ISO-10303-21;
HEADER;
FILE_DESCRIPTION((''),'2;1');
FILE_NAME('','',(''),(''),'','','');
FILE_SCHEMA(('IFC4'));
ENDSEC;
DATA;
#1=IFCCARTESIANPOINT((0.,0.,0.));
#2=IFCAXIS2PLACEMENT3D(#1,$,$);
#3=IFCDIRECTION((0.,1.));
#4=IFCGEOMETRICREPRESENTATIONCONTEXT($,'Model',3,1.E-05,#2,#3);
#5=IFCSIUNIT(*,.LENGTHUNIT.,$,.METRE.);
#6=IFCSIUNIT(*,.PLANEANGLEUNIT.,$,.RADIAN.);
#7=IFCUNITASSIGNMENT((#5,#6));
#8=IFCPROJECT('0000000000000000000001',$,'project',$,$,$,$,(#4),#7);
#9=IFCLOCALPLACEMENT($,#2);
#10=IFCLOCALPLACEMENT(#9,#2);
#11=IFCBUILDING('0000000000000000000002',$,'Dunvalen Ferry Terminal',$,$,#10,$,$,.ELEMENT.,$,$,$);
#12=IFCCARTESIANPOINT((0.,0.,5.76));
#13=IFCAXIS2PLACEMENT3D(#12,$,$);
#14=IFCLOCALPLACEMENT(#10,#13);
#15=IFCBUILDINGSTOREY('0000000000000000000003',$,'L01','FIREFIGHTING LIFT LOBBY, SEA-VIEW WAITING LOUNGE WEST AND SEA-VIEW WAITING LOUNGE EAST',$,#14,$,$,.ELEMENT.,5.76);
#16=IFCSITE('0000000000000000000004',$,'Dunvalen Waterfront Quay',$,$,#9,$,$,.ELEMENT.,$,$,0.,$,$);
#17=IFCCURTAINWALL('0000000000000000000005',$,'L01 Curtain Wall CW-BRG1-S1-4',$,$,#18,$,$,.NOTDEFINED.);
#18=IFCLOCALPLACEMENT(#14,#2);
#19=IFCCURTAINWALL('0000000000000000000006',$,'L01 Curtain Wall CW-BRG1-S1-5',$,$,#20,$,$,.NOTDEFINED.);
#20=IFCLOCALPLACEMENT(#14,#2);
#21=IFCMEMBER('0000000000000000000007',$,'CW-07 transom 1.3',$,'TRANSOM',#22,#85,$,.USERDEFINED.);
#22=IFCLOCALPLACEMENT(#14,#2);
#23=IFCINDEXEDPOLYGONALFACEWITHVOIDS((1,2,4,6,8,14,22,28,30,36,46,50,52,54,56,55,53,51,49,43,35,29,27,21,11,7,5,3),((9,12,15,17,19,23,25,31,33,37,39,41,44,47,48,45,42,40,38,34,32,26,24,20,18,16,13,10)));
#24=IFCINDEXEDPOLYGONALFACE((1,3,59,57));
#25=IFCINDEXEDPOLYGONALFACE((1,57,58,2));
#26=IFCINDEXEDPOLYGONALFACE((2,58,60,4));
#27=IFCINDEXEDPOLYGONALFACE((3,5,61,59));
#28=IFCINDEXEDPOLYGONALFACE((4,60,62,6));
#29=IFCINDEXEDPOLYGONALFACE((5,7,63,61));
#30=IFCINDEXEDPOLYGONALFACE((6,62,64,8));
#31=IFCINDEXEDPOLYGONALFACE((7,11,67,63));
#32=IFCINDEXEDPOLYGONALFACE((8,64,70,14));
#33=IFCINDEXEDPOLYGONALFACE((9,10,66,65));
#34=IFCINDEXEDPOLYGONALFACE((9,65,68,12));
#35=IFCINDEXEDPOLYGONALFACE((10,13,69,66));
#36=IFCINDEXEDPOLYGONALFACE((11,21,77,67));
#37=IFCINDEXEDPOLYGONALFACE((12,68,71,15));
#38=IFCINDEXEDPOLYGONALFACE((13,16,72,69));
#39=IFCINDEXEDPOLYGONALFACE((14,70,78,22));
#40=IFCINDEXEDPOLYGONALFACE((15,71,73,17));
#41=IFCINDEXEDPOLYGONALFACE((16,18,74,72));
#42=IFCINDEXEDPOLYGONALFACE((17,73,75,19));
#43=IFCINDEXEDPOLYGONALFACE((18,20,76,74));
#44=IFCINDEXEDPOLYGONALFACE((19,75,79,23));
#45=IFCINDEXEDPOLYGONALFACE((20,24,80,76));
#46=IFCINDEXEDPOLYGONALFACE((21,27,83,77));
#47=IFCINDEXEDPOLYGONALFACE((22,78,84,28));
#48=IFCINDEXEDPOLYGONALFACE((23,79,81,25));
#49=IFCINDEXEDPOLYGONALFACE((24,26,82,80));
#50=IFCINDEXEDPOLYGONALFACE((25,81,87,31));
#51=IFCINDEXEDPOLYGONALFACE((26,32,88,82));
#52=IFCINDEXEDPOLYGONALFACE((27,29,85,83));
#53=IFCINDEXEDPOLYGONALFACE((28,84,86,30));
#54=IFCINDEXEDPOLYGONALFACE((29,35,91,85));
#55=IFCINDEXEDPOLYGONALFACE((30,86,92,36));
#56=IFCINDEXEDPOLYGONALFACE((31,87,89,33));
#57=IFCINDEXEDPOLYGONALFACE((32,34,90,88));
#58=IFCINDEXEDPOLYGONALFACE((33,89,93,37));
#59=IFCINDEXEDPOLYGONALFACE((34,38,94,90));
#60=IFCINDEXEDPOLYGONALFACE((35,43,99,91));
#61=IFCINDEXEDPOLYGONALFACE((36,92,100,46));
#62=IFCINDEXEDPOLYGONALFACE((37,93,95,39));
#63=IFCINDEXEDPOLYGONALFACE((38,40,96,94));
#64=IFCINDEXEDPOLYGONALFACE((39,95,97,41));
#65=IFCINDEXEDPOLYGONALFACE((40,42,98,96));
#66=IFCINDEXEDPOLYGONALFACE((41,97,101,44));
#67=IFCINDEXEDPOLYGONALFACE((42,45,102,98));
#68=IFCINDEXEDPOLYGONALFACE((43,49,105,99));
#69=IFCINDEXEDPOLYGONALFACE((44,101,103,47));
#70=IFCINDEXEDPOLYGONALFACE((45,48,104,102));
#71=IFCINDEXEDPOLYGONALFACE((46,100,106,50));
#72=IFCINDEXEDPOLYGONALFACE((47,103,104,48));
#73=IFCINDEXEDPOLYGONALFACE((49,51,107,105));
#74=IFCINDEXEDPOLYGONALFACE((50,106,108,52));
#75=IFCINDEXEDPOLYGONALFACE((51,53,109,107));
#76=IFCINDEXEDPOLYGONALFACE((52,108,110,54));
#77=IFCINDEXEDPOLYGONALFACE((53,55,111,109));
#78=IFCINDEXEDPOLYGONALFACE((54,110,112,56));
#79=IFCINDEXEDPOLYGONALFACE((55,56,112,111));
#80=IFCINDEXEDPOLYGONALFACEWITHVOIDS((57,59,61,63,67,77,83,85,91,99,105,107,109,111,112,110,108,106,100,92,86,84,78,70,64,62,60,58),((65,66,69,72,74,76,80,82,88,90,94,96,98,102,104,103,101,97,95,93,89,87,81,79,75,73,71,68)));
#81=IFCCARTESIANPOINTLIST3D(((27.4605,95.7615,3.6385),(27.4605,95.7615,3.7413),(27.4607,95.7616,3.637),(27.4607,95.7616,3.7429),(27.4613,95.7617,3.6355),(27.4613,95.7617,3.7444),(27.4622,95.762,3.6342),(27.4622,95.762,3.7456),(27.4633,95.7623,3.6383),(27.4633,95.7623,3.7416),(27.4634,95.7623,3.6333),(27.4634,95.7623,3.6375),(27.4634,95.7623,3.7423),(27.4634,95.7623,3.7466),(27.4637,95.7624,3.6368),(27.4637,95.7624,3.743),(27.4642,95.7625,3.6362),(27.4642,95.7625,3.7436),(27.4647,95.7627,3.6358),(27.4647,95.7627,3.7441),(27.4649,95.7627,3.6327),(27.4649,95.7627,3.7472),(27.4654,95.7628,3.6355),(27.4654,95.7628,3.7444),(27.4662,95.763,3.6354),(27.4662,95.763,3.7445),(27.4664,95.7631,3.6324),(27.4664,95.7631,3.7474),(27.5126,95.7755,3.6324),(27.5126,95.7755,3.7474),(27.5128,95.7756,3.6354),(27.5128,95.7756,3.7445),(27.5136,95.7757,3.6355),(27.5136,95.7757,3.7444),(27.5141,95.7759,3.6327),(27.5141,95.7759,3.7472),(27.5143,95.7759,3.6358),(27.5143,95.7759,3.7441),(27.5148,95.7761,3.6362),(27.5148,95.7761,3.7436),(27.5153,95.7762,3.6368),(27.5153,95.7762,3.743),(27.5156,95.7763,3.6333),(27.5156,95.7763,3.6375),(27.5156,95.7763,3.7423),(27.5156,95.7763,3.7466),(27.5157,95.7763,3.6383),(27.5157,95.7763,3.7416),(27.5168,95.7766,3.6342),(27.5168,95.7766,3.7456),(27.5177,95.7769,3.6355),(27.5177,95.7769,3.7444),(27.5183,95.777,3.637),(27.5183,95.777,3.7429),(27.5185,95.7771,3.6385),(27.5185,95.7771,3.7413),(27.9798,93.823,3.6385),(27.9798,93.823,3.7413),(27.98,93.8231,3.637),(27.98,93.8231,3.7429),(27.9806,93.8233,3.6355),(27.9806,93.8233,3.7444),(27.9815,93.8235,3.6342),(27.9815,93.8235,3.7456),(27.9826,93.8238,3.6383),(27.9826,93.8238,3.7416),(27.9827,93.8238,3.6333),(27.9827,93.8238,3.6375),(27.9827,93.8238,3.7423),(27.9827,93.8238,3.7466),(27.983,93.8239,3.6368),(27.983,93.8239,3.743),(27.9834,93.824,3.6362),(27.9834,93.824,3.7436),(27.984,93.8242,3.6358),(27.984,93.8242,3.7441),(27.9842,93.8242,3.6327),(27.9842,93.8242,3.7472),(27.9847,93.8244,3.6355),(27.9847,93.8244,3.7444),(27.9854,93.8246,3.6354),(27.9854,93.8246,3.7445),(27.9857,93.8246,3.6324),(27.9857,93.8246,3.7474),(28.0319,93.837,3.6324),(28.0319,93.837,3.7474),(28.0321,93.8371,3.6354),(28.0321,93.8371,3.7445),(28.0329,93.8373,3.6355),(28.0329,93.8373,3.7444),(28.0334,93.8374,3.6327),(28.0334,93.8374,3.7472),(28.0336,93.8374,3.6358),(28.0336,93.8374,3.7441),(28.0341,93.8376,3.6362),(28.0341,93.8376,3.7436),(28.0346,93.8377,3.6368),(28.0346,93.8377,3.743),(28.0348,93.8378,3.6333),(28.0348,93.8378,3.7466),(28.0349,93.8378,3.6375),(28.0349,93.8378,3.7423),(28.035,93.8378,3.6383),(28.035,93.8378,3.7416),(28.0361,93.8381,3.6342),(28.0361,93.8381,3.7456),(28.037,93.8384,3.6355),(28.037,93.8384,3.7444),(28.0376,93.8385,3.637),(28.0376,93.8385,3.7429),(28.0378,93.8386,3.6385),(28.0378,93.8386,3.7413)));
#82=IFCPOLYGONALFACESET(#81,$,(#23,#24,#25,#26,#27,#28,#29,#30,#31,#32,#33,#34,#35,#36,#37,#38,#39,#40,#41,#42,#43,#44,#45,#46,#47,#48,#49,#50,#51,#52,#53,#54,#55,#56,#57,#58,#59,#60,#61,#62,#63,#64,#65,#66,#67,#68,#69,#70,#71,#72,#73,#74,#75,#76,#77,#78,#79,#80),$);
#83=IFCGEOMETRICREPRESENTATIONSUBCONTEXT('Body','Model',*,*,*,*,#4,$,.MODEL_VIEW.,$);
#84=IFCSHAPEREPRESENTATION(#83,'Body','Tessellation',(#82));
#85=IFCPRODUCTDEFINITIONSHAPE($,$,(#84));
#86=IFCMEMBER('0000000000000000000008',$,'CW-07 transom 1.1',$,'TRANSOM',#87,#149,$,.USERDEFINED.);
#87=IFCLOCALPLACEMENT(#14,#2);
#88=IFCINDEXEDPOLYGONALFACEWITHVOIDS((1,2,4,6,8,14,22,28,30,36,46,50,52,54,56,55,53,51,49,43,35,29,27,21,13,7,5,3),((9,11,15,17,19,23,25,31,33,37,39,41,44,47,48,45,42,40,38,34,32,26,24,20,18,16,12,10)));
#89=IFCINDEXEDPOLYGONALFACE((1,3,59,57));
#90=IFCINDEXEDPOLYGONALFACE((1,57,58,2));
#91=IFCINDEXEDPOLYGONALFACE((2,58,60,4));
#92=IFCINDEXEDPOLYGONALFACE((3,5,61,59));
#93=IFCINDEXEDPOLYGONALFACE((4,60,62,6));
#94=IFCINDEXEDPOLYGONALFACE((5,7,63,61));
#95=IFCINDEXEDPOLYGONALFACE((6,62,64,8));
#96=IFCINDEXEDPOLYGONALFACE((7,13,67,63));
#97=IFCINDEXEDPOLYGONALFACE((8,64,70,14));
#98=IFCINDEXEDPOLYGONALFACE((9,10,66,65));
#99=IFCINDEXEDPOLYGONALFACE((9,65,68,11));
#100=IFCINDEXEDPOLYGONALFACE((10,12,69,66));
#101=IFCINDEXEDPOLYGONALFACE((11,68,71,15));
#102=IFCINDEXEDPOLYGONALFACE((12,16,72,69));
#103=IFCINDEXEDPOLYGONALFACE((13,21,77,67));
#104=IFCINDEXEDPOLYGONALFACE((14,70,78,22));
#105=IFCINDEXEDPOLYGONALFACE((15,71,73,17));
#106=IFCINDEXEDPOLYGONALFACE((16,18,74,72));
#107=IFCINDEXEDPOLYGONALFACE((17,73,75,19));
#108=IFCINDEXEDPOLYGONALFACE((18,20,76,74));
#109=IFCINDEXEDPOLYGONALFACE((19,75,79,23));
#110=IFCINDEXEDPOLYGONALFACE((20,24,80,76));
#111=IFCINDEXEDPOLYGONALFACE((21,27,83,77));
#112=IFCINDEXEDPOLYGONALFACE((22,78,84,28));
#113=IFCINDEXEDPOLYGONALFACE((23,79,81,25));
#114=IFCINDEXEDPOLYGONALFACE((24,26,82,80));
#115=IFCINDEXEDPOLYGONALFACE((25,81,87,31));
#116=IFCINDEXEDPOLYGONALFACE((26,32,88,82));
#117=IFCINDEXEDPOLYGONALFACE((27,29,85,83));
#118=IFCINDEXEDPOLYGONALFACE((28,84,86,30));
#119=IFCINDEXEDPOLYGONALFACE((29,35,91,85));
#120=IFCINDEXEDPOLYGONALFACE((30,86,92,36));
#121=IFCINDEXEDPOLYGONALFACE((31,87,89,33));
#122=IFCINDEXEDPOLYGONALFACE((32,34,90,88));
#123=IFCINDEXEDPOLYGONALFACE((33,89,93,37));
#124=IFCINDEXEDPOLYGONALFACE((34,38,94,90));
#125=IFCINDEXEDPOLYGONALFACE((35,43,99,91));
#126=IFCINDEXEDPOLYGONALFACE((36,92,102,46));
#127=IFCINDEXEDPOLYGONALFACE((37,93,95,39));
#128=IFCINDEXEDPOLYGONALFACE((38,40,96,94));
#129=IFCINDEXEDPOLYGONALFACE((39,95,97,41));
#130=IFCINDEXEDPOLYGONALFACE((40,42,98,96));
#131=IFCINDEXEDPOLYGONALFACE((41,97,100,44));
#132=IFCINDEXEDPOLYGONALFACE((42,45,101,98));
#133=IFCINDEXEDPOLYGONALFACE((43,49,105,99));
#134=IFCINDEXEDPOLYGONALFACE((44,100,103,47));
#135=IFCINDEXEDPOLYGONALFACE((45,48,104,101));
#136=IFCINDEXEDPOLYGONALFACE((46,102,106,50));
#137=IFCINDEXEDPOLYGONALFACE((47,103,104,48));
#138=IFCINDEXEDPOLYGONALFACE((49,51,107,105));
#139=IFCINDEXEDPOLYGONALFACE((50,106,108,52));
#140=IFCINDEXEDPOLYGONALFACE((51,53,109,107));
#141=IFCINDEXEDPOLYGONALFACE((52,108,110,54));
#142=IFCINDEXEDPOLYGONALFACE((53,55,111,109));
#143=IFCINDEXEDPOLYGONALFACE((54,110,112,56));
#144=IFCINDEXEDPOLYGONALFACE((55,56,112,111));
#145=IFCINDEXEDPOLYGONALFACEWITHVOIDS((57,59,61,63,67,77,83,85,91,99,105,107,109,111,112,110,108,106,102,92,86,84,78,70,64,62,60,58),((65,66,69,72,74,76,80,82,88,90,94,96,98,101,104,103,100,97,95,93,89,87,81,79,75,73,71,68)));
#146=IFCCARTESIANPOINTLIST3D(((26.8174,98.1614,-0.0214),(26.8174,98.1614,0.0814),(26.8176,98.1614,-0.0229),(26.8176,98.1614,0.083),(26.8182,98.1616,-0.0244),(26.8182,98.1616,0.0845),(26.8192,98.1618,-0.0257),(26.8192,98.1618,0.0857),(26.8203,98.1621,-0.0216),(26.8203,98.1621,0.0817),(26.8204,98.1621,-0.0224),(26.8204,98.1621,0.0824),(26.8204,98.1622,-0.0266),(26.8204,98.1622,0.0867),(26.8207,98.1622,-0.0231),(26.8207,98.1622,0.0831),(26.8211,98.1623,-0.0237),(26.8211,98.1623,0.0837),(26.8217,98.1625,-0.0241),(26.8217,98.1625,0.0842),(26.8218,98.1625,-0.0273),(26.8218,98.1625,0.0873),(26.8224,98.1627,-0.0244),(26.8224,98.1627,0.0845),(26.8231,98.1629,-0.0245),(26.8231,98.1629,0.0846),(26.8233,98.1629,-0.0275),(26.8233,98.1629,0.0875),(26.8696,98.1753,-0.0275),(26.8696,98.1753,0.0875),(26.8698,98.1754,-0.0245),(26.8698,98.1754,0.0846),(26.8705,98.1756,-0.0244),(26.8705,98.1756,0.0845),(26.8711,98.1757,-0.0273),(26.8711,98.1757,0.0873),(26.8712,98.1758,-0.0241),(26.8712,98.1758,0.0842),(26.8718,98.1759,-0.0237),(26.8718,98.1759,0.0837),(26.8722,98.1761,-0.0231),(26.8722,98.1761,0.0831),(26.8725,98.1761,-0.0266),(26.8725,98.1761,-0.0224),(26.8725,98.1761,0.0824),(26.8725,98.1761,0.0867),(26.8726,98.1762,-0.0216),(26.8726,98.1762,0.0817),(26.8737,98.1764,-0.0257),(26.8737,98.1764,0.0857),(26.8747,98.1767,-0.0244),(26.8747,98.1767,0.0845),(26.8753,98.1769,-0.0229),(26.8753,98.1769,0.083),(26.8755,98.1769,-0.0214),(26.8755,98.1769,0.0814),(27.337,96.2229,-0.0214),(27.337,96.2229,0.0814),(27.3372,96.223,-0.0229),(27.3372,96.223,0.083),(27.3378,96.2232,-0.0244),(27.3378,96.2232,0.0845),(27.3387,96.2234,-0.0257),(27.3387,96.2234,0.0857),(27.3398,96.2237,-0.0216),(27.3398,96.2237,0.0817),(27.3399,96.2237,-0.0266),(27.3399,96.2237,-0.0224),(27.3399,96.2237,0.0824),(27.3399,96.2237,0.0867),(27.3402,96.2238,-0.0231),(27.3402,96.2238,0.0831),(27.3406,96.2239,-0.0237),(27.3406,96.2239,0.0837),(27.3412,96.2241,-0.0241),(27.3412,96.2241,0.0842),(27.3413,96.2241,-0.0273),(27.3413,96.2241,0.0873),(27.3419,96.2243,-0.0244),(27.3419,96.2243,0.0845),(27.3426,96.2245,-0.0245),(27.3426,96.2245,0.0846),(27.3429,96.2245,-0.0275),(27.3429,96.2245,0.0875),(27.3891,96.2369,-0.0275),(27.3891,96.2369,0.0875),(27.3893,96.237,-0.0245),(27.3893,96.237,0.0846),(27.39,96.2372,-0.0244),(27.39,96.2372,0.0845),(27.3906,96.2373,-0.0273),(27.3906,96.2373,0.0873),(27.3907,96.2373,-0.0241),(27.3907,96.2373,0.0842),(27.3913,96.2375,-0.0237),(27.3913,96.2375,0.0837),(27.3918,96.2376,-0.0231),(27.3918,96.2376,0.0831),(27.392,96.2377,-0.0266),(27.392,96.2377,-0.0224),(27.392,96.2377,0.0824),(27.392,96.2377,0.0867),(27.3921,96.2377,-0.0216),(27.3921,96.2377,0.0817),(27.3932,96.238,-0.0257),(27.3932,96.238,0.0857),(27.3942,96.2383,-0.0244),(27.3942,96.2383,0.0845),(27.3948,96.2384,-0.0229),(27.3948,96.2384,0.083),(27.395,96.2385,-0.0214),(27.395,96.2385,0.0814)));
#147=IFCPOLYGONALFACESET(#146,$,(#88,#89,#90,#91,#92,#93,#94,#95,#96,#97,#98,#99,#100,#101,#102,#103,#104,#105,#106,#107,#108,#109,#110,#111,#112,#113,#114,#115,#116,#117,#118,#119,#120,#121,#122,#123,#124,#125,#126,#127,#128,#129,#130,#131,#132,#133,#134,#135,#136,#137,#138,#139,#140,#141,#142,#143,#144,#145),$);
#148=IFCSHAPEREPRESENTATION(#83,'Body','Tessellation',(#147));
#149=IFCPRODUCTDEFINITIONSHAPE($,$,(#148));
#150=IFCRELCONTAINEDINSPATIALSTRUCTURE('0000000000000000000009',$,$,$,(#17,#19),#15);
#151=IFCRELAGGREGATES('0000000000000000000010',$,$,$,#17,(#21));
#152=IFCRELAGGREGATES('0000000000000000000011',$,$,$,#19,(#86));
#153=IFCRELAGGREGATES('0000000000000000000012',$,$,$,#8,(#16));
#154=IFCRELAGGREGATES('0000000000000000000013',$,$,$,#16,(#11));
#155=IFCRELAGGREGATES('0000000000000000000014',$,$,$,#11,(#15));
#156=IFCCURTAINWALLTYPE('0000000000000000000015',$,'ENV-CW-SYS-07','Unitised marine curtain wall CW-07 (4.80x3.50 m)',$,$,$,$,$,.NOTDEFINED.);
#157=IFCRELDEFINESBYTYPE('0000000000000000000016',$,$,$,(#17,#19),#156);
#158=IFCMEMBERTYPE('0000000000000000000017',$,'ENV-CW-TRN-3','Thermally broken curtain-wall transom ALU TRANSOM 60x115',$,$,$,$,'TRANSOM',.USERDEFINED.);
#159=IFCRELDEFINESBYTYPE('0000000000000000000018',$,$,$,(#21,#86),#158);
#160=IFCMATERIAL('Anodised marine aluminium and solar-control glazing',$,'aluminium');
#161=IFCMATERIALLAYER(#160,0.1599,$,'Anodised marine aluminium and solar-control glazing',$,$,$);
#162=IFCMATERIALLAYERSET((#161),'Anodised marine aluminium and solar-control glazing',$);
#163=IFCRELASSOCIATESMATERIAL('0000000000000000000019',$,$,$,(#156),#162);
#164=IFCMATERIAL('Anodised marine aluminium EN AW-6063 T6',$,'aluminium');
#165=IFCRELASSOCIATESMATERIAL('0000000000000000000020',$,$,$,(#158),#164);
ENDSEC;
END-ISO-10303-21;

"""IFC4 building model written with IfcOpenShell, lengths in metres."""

from ifc_helpers import new_model, si_unit, direction, frame, origin, origin_2d, place, context, subcontext, project, spatial, hollow_rectangle, extrude, material, layer, layer_set, material_profile, profile_set, type_object, element, aggregate, save


model = new_model("IFC4")

# Units and contexts
model_context = context("Model", 3, precision=1e-05, world=origin(), true_north=direction((0.0, 1.0)))
body_context = subcontext(model_context, "Body", "Model", "MODEL_VIEW")
ifc_project = project(units=[si_unit("LENGTHUNIT", "METRE"), si_unit("PLANEANGLEUNIT", "RADIAN")], contexts=[model_context])

# Site, building, storey
site_placement = place(None, origin())
site = spatial("IfcSite", under=ifc_project, at=site_placement, Name="Dunvalen Waterfront Quay", CompositionType="ELEMENT", RefElevation=0.0)
building_placement = place(site_placement, origin())
building = spatial("IfcBuilding", under=site, at=building_placement, Name="Dunvalen Ferry Terminal", CompositionType="ELEMENT")
storey_placement = place(building_placement, frame((0.0, 0.0, 5.76)))
storey = spatial("IfcBuildingStorey", under=building, at=storey_placement, Name="L01", Description="FIREFIGHTING LIFT LOBBY, SEA-VIEW WAITING LOUNGE WEST AND SEA-VIEW WAITING LOUNGE EAST", CompositionType="ELEMENT", Elevation=5.76)

# Shared definitions
ifc_material_1 = material(Name="Anodised marine aluminium and solar-control glazing", Category="aluminium")
ifc_material_2 = material(Name="Anodised marine aluminium EN AW-6063 T6", Category="aluminium")
ifc_layer_1 = layer(ifc_material_1, 0.1599, Name="Anodised marine aluminium and solar-control glazing")
ifc_layer_set_1 = layer_set([ifc_layer_1], Name="Anodised marine aluminium and solar-control glazing")
curtain_wall_type_1 = type_object("IfcCurtainWallType", Name="ENV-CW-SYS-07", Description="Unitised marine curtain wall CW-07 (4.80x3.50 m)", PredefinedType="NOTDEFINED", material=ifc_layer_set_1)

# Curtain walls
curtain_wall_1_placement = place(storey_placement, origin())
curtain_wall_1 = element("IfcCurtainWall", 1, at=curtain_wall_1_placement, inside=storey, type_object=curtain_wall_type_1, Name="L01 Curtain Wall CW-BRG1-S1-4", PredefinedType="NOTDEFINED")
curtain_wall_2_placement = place(storey_placement, origin())
curtain_wall_2 = element("IfcCurtainWall", 2, at=curtain_wall_2_placement, inside=storey, type_object=curtain_wall_type_1, Name="L01 Curtain Wall CW-BRG1-S1-5", PredefinedType="NOTDEFINED")

# Members
ifc_material_profile_1 = material_profile(ifc_material_2, hollow_rectangle(XDim=0.0601, YDim=0.115, WallThickness=0.0029, InnerFilletRadius=0.0029, OuterFilletRadius=0.0061, at=origin_2d()), Name="Anodised marine aluminium EN AW-6063 T6")
ifc_profile_set_1 = profile_set([ifc_material_profile_1], Name="Anodised marine aluminium EN AW-6063 T6")
member_type_1 = type_object("IfcMemberType", Name="ENV-CW-TRN-3", Description="Thermally broken curtain-wall transom ALU TRANSOM 60x115", ElementType="TRANSOM", PredefinedType="USERDEFINED", material=ifc_profile_set_1)
member_1_placement = place(storey_placement, frame((28.0088, 93.8308, 3.6899), z_axis=(-0.25876, 0.965942, 0.0), x_axis=(-0.965942, -0.25876, 0.0)))
member_1 = element("IfcMember", 3, at=member_1_placement, type_object=member_type_1, Name="CW-07 transom 1.3", ObjectType="TRANSOM", PredefinedType="USERDEFINED", context=body_context, shape_type="SweptSolid", body=[
    extrude(hollow_rectangle(XDim=0.0601, YDim=0.115, WallThickness=0.0029, InnerFilletRadius=0.0029, OuterFilletRadius=0.0061, at=origin_2d()), origin(), (0.0, 0.0, 1.0), 2.0068),
])
member_2_placement = place(storey_placement, frame((27.366, 96.2307, 0.03), z_axis=(-0.258874, 0.965911, 0.0), x_axis=(-0.965911, -0.258874, 0.0)))
member_2 = element("IfcMember", 4, at=member_2_placement, type_object=member_type_1, Name="CW-07 transom 1.1", ObjectType="TRANSOM", PredefinedType="USERDEFINED", context=body_context, shape_type="SweptSolid", body=[
    extrude(hollow_rectangle(XDim=0.0601, YDim=0.115, WallThickness=0.0029, InnerFilletRadius=0.0029, OuterFilletRadius=0.0061, at=origin_2d()), origin(), (0.0, 0.0, 1.0), 2.0068),
])

aggregate(curtain_wall_1, [member_1])
aggregate(curtain_wall_2, [member_2])

save(model, "model.ifc")
